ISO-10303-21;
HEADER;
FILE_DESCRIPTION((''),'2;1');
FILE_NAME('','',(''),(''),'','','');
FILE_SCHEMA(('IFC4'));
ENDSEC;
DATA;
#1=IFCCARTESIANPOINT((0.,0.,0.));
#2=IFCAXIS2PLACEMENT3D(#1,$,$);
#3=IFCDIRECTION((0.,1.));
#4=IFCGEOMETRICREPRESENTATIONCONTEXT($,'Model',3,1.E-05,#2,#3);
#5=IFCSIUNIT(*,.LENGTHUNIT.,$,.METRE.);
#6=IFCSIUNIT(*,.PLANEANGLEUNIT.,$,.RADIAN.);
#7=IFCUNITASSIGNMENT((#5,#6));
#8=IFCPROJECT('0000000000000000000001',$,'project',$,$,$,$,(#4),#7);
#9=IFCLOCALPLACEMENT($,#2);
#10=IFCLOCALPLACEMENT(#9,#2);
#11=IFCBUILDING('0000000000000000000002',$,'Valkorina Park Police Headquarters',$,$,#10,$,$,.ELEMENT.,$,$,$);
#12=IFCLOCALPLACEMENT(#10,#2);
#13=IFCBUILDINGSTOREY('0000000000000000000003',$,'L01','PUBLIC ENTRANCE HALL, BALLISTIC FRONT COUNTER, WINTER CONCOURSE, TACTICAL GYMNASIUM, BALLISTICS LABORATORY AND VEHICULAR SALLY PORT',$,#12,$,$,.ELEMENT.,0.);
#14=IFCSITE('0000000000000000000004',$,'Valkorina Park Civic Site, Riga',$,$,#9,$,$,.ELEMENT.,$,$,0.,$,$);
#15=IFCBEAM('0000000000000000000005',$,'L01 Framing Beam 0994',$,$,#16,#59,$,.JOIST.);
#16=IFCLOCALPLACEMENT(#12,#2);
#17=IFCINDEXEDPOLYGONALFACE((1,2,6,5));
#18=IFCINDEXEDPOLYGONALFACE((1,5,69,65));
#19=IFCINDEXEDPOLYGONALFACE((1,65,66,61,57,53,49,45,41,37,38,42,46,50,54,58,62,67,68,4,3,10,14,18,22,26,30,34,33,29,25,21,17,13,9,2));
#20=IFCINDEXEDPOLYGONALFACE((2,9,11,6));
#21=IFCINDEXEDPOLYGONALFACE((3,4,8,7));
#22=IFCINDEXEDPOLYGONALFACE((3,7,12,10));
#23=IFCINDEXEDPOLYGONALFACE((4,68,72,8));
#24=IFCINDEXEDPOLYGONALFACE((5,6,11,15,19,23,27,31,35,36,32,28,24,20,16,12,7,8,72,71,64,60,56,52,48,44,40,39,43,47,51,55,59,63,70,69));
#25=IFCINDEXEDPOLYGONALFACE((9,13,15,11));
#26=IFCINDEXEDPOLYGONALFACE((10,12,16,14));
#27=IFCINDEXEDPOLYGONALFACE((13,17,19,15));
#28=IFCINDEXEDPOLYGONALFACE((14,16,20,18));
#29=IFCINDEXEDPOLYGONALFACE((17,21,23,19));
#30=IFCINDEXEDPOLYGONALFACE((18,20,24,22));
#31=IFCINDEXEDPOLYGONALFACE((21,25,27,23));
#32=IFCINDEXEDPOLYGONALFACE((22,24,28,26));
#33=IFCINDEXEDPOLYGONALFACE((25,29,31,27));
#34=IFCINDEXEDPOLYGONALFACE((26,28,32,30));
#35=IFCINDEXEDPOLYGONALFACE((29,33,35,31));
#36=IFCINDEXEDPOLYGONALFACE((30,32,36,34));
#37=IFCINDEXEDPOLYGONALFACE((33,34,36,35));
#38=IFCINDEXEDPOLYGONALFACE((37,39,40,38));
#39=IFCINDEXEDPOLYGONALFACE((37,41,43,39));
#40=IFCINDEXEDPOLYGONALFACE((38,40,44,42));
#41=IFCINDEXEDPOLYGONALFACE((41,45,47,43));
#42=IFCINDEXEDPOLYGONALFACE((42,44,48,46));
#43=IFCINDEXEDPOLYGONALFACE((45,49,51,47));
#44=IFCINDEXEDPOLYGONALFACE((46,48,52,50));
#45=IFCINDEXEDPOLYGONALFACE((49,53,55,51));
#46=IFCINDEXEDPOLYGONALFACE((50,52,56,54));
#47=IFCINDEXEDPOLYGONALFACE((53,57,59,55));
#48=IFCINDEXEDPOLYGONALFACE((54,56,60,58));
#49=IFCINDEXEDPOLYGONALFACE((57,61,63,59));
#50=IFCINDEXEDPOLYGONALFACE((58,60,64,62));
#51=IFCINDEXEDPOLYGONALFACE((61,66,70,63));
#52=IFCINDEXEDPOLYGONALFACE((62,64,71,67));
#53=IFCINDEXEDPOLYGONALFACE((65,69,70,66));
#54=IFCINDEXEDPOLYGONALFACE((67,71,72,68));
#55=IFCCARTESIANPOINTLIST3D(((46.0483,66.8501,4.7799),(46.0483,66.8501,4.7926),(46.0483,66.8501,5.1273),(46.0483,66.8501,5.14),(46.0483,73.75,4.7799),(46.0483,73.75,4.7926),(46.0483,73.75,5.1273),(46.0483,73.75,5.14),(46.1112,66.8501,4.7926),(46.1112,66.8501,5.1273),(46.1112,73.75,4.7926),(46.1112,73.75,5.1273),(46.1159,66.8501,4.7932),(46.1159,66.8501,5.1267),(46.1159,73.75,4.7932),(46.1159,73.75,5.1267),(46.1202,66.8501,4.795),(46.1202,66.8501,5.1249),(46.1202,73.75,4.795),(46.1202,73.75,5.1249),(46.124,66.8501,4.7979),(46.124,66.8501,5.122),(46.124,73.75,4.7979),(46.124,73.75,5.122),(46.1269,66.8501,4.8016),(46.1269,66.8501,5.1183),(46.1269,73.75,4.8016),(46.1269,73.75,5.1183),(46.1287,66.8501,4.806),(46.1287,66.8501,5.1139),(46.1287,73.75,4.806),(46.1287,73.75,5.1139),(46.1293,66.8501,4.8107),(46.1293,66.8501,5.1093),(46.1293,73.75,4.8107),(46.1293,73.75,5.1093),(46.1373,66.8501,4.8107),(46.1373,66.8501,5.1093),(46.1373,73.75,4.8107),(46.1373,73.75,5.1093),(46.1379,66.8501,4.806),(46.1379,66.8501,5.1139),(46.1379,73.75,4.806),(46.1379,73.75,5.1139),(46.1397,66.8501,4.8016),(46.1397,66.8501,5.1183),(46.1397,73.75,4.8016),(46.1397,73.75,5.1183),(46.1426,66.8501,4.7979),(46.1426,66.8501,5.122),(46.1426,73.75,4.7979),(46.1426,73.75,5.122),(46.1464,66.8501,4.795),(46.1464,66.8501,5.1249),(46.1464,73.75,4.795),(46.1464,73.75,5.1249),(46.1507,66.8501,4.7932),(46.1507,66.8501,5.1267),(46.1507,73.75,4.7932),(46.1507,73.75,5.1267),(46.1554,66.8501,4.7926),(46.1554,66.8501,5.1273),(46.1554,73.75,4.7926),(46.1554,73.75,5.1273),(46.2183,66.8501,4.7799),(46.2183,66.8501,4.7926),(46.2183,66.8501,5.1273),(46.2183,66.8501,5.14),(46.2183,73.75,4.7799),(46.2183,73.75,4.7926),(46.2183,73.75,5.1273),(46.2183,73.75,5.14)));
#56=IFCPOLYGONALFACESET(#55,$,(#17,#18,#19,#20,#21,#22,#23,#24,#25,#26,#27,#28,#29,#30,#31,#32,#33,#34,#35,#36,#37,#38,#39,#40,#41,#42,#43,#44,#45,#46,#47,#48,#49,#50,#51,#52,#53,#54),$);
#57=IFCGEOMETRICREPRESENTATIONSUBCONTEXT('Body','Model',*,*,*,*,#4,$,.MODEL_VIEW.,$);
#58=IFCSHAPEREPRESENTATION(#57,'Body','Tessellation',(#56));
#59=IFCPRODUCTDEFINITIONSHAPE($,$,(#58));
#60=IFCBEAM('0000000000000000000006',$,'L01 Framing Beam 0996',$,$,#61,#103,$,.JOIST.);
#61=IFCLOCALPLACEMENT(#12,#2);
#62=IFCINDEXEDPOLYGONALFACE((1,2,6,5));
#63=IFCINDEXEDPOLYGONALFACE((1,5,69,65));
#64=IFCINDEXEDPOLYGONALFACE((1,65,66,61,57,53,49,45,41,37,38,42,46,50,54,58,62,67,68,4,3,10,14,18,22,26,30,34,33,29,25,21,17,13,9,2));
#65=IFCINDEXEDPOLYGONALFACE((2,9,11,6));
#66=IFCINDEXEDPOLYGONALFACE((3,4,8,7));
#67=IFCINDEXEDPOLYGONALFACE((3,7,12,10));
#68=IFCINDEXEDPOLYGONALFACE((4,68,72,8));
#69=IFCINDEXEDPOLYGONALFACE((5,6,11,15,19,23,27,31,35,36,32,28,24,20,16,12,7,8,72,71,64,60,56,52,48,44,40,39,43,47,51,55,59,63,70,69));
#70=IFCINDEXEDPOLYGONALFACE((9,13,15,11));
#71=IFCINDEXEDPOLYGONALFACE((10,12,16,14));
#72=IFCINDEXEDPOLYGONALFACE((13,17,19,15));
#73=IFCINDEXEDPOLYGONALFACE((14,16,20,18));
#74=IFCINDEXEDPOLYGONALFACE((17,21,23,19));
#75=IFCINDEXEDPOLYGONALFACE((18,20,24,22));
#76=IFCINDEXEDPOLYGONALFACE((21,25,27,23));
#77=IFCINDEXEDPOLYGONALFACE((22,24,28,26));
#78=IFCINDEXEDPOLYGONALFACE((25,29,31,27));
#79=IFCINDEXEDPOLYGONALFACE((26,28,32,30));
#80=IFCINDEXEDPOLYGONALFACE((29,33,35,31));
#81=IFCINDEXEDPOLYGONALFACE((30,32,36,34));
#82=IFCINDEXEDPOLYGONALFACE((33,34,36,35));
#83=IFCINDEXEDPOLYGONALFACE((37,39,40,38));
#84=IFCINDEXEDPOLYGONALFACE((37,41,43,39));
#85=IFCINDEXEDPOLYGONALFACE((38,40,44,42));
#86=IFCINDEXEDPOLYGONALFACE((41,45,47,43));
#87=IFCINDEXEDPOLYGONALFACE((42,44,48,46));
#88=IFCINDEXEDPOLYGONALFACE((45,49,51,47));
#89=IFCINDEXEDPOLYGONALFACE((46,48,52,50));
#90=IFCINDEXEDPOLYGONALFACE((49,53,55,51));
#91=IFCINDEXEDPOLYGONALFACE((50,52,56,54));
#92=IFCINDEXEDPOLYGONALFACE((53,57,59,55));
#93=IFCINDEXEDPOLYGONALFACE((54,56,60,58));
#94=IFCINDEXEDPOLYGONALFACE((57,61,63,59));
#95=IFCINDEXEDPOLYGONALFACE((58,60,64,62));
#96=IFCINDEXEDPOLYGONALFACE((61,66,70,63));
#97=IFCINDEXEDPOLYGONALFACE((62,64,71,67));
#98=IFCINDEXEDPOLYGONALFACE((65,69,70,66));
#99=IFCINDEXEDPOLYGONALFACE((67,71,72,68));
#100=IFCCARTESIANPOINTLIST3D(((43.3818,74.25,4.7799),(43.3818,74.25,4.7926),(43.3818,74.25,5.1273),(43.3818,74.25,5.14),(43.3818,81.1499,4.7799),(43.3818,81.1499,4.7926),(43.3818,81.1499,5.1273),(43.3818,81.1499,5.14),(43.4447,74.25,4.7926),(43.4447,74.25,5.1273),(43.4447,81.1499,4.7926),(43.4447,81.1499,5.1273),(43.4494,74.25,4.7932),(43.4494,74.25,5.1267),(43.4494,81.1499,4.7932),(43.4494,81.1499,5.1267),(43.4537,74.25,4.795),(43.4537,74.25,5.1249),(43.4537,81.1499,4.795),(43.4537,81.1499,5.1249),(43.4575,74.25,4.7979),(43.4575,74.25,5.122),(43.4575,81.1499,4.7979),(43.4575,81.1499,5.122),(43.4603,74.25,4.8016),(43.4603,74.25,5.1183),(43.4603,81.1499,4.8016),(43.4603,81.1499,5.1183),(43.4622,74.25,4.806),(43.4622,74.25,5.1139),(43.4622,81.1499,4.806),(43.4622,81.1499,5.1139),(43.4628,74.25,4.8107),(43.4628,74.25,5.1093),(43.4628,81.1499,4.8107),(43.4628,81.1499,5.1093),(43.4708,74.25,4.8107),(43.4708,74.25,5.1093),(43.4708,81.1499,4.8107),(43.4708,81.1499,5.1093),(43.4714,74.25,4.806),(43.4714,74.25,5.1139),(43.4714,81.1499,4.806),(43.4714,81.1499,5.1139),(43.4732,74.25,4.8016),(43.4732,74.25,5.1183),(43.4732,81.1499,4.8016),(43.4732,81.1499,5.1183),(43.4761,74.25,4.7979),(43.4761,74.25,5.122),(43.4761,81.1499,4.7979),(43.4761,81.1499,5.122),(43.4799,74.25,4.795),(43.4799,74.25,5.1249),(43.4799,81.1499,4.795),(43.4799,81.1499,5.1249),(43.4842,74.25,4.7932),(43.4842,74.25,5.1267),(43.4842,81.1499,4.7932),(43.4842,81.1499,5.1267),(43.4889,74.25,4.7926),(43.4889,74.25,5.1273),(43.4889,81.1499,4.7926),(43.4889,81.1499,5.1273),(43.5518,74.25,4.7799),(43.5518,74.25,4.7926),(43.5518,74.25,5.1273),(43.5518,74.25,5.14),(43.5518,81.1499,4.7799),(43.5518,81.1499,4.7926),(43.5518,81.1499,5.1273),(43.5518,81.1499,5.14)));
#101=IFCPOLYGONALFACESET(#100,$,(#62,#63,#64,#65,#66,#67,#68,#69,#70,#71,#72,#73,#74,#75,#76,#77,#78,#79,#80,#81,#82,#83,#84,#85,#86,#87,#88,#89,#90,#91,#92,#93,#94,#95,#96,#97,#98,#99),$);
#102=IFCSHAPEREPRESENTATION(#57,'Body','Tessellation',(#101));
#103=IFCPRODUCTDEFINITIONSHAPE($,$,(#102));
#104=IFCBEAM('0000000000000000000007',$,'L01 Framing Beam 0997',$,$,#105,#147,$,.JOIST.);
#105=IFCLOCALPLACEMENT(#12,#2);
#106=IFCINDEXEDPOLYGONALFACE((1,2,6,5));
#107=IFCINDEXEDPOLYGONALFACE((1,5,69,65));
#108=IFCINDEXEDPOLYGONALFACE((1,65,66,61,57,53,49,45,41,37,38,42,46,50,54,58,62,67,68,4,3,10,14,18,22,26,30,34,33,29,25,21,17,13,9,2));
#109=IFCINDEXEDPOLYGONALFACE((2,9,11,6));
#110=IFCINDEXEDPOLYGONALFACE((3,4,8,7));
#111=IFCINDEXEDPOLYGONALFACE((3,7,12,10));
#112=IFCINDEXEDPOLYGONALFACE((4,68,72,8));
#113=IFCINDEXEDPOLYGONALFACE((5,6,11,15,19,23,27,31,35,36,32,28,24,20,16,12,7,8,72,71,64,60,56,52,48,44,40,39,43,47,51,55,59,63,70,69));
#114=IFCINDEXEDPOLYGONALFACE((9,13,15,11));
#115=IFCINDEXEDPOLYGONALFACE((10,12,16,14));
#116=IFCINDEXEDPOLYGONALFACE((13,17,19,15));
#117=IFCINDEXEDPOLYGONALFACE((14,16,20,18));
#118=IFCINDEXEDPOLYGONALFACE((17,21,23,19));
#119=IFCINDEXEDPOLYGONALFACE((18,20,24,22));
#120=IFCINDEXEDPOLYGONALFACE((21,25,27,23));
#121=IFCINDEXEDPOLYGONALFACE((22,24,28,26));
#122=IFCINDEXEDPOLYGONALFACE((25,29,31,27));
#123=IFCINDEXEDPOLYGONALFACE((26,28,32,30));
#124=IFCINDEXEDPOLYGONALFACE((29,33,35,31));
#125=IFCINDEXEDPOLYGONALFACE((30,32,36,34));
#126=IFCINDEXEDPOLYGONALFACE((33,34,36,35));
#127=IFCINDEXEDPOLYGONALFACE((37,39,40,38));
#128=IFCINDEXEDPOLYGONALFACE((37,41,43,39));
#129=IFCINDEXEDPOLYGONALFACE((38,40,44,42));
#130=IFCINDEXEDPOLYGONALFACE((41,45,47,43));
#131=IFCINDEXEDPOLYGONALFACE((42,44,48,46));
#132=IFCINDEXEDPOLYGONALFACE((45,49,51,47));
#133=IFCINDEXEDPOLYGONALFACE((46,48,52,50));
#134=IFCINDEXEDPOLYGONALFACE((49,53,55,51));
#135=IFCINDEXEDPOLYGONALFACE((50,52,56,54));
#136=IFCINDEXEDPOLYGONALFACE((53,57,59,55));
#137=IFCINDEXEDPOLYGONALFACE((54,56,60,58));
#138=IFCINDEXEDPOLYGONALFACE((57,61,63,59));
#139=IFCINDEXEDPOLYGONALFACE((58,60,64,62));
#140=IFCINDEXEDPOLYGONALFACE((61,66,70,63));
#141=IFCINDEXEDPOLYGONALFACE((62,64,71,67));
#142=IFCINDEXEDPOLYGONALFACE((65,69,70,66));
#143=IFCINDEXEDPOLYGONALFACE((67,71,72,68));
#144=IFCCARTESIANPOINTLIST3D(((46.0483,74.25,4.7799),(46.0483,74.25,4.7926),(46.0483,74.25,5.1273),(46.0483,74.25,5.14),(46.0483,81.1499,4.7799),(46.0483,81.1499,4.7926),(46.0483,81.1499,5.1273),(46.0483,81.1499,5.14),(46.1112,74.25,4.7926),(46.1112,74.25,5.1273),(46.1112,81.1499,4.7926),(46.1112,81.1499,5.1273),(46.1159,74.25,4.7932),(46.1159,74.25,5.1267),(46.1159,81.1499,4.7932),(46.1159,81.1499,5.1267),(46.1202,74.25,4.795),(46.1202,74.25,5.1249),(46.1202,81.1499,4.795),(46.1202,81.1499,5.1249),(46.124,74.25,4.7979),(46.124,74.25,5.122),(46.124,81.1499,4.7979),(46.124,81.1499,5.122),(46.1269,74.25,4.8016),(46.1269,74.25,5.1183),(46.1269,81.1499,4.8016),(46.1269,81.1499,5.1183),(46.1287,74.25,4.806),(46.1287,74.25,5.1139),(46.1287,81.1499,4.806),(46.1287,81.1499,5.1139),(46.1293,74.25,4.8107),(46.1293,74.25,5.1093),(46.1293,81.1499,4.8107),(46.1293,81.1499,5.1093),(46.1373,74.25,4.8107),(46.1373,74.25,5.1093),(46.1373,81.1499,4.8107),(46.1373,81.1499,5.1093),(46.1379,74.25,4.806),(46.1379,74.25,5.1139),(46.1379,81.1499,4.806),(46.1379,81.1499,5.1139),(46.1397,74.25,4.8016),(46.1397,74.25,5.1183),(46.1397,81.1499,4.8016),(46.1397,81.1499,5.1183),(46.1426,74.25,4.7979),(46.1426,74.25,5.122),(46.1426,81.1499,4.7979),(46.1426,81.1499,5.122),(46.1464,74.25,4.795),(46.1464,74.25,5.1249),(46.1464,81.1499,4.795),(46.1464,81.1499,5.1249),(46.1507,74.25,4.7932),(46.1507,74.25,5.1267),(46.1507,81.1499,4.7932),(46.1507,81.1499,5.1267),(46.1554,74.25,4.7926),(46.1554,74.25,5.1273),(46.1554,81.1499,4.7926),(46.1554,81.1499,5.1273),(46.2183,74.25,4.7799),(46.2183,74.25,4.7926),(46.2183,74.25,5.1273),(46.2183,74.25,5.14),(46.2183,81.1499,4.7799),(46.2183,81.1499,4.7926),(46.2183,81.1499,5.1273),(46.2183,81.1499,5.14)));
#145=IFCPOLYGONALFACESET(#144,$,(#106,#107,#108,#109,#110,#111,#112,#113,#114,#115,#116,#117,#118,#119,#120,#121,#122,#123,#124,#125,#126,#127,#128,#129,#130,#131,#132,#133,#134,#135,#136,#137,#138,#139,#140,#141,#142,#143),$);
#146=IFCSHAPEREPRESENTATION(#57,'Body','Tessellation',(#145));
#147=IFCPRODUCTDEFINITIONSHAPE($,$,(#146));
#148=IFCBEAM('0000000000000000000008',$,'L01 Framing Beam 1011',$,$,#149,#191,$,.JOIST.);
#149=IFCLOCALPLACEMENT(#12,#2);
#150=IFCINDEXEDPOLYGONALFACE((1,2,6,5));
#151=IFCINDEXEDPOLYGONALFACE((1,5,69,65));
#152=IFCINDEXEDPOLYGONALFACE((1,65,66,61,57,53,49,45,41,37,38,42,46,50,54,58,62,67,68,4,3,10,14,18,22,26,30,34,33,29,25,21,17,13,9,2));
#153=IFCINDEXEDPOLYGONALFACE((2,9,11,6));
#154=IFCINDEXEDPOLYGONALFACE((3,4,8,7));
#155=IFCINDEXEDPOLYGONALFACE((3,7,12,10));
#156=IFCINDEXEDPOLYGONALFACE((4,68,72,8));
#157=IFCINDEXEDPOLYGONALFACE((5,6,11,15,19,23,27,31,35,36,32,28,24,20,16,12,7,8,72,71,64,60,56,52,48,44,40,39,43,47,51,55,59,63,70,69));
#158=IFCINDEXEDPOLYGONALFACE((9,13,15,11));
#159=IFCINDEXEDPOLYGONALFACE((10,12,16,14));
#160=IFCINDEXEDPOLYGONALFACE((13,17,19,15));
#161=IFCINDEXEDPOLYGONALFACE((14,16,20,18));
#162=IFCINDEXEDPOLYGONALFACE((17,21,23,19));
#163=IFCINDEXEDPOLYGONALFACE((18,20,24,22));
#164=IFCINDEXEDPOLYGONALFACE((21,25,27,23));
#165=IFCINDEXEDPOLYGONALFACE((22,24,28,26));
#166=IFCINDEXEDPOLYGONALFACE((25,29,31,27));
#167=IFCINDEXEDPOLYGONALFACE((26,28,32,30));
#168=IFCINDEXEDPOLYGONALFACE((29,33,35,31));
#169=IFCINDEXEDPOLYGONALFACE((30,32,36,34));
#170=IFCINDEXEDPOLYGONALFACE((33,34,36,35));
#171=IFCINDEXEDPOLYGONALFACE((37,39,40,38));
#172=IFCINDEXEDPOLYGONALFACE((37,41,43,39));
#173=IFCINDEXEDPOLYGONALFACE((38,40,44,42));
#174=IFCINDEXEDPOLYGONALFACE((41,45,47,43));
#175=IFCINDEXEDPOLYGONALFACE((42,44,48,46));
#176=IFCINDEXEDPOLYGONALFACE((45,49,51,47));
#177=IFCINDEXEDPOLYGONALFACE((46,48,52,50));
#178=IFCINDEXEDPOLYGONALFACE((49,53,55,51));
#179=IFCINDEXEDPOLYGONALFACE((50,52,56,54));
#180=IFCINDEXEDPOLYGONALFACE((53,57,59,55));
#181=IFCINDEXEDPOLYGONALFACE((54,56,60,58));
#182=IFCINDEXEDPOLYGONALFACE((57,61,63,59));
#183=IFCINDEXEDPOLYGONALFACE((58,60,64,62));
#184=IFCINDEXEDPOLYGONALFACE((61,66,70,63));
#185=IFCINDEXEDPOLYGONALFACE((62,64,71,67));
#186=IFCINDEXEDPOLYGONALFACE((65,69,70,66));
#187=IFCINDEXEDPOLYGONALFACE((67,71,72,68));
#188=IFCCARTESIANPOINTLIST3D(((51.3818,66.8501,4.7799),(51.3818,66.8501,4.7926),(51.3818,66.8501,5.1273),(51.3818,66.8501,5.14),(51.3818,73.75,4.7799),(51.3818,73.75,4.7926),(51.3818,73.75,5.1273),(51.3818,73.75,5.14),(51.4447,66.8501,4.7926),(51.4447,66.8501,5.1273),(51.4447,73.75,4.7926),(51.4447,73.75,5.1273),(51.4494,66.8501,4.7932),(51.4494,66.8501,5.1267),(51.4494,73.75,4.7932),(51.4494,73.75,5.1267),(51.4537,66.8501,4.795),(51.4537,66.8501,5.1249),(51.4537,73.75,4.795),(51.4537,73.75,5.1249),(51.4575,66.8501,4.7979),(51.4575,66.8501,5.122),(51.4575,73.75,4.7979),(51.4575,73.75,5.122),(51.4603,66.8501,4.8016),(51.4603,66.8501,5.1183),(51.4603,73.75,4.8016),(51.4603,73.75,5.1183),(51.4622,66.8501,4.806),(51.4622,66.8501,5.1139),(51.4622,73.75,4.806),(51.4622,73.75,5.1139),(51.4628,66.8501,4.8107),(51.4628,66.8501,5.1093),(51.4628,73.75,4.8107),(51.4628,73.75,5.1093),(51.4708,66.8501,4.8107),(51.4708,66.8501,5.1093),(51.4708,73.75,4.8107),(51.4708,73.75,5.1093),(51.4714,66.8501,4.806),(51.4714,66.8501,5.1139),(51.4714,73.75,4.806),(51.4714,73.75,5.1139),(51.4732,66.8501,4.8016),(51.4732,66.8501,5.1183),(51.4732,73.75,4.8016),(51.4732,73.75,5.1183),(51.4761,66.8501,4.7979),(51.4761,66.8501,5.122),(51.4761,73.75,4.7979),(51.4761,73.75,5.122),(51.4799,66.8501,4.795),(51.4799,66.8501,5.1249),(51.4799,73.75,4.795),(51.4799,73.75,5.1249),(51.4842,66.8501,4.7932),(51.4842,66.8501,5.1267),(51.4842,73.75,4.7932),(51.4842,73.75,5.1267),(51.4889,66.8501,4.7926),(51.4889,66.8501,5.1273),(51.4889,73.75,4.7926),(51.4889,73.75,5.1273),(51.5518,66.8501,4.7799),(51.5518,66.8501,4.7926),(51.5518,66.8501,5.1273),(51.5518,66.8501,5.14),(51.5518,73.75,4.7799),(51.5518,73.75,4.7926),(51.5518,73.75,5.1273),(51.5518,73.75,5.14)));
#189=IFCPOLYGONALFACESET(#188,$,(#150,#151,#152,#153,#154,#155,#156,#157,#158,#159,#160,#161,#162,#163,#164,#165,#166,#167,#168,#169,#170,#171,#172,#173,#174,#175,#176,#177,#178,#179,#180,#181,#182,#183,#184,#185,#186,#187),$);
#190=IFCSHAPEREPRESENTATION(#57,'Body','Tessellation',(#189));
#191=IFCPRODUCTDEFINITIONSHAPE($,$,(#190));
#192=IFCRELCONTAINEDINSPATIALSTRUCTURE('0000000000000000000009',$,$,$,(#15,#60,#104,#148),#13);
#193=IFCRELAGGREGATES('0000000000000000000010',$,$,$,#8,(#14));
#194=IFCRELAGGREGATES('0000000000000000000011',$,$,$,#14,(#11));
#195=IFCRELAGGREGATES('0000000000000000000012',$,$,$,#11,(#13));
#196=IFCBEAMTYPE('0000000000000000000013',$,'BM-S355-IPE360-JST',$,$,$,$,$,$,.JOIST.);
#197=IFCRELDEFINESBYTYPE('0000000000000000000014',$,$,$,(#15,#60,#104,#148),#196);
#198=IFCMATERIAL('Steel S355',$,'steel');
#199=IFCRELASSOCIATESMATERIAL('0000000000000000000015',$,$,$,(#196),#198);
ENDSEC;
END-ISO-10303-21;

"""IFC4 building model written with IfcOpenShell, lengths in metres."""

from ifc_helpers import new_model, si_unit, direction, frame, origin, origin_2d, place, context, subcontext, project, spatial, i_section, extrude, material, material_profile, profile_set, type_object, element, save


model = new_model("IFC4")

# Units and contexts
model_context = context("Model", 3, precision=1e-05, world=origin(), true_north=direction((0.0, 1.0)))
body_context = subcontext(model_context, "Body", "Model", "MODEL_VIEW")
ifc_project = project(units=[si_unit("LENGTHUNIT", "METRE"), si_unit("PLANEANGLEUNIT", "RADIAN")], contexts=[model_context])

# Site, building, storey
site_placement = place(None, origin())
site = spatial("IfcSite", under=ifc_project, at=site_placement, Name="Valkorina Park Civic Site, Riga", CompositionType="ELEMENT", RefElevation=0.0)
building_placement = place(site_placement, origin())
building = spatial("IfcBuilding", under=site, at=building_placement, Name="Valkorina Park Police Headquarters", CompositionType="ELEMENT")
storey_placement = place(building_placement, origin())
storey = spatial("IfcBuildingStorey", under=building, at=storey_placement, Name="L01", Description="PUBLIC ENTRANCE HALL, BALLISTIC FRONT COUNTER, WINTER CONCOURSE, TACTICAL GYMNASIUM, BALLISTICS LABORATORY AND VEHICULAR SALLY PORT", CompositionType="ELEMENT", Elevation=0.0)

# Beams
ifc_material_1 = material(Name="Steel S355", Category="steel")
ifc_material_profile_1 = material_profile(ifc_material_1, i_section(OverallWidth=0.1699, OverallDepth=0.3601, WebThickness=0.0081, FlangeThickness=0.0127, FilletRadius=0.0181, at=origin_2d()), Name="IPE 360")
ifc_profile_set_1 = profile_set([ifc_material_profile_1], Name="Steel S355")
beam_type_1 = type_object("IfcBeamType", Name="BM-S355-IPE360-JST", PredefinedType="JOIST", material=ifc_profile_set_1)
for number, where, z_axis, x_axis, name in (
    (1, (46.1333, 66.8501, 4.96), (0.0, 1.0, 0.0), (-1.0, 0.0, 0.0), "L01 Framing Beam 0994"),
    (2, (43.4668, 74.25, 4.96), (0.0, 1.0, 0.0), (-1.0, 0.0, 0.0), "L01 Framing Beam 0996"),
    (3, (46.1333, 74.25, 4.96), (0.0, 1.0, 0.0), (-1.0, 0.0, 0.0), "L01 Framing Beam 0997"),
    (4, (51.4668, 66.8501, 4.96), (0.0, 1.0, 0.0), (-1.0, 0.0, 0.0), "L01 Framing Beam 1011"),
):
    element("IfcBeam", number, at=place(storey_placement, frame(where, z_axis=z_axis, x_axis=x_axis)), inside=storey, type_object=beam_type_1, Name=name, PredefinedType="JOIST", context=body_context, shape_type="SweptSolid", body=[
        extrude(i_section(OverallWidth=0.1699, OverallDepth=0.3601, WebThickness=0.0081, FlangeThickness=0.0127, FilletRadius=0.0181, at=origin_2d()), origin(), (0.0, 0.0, 1.0), 6.8999),
    ])

save(model, "model.ifc")
